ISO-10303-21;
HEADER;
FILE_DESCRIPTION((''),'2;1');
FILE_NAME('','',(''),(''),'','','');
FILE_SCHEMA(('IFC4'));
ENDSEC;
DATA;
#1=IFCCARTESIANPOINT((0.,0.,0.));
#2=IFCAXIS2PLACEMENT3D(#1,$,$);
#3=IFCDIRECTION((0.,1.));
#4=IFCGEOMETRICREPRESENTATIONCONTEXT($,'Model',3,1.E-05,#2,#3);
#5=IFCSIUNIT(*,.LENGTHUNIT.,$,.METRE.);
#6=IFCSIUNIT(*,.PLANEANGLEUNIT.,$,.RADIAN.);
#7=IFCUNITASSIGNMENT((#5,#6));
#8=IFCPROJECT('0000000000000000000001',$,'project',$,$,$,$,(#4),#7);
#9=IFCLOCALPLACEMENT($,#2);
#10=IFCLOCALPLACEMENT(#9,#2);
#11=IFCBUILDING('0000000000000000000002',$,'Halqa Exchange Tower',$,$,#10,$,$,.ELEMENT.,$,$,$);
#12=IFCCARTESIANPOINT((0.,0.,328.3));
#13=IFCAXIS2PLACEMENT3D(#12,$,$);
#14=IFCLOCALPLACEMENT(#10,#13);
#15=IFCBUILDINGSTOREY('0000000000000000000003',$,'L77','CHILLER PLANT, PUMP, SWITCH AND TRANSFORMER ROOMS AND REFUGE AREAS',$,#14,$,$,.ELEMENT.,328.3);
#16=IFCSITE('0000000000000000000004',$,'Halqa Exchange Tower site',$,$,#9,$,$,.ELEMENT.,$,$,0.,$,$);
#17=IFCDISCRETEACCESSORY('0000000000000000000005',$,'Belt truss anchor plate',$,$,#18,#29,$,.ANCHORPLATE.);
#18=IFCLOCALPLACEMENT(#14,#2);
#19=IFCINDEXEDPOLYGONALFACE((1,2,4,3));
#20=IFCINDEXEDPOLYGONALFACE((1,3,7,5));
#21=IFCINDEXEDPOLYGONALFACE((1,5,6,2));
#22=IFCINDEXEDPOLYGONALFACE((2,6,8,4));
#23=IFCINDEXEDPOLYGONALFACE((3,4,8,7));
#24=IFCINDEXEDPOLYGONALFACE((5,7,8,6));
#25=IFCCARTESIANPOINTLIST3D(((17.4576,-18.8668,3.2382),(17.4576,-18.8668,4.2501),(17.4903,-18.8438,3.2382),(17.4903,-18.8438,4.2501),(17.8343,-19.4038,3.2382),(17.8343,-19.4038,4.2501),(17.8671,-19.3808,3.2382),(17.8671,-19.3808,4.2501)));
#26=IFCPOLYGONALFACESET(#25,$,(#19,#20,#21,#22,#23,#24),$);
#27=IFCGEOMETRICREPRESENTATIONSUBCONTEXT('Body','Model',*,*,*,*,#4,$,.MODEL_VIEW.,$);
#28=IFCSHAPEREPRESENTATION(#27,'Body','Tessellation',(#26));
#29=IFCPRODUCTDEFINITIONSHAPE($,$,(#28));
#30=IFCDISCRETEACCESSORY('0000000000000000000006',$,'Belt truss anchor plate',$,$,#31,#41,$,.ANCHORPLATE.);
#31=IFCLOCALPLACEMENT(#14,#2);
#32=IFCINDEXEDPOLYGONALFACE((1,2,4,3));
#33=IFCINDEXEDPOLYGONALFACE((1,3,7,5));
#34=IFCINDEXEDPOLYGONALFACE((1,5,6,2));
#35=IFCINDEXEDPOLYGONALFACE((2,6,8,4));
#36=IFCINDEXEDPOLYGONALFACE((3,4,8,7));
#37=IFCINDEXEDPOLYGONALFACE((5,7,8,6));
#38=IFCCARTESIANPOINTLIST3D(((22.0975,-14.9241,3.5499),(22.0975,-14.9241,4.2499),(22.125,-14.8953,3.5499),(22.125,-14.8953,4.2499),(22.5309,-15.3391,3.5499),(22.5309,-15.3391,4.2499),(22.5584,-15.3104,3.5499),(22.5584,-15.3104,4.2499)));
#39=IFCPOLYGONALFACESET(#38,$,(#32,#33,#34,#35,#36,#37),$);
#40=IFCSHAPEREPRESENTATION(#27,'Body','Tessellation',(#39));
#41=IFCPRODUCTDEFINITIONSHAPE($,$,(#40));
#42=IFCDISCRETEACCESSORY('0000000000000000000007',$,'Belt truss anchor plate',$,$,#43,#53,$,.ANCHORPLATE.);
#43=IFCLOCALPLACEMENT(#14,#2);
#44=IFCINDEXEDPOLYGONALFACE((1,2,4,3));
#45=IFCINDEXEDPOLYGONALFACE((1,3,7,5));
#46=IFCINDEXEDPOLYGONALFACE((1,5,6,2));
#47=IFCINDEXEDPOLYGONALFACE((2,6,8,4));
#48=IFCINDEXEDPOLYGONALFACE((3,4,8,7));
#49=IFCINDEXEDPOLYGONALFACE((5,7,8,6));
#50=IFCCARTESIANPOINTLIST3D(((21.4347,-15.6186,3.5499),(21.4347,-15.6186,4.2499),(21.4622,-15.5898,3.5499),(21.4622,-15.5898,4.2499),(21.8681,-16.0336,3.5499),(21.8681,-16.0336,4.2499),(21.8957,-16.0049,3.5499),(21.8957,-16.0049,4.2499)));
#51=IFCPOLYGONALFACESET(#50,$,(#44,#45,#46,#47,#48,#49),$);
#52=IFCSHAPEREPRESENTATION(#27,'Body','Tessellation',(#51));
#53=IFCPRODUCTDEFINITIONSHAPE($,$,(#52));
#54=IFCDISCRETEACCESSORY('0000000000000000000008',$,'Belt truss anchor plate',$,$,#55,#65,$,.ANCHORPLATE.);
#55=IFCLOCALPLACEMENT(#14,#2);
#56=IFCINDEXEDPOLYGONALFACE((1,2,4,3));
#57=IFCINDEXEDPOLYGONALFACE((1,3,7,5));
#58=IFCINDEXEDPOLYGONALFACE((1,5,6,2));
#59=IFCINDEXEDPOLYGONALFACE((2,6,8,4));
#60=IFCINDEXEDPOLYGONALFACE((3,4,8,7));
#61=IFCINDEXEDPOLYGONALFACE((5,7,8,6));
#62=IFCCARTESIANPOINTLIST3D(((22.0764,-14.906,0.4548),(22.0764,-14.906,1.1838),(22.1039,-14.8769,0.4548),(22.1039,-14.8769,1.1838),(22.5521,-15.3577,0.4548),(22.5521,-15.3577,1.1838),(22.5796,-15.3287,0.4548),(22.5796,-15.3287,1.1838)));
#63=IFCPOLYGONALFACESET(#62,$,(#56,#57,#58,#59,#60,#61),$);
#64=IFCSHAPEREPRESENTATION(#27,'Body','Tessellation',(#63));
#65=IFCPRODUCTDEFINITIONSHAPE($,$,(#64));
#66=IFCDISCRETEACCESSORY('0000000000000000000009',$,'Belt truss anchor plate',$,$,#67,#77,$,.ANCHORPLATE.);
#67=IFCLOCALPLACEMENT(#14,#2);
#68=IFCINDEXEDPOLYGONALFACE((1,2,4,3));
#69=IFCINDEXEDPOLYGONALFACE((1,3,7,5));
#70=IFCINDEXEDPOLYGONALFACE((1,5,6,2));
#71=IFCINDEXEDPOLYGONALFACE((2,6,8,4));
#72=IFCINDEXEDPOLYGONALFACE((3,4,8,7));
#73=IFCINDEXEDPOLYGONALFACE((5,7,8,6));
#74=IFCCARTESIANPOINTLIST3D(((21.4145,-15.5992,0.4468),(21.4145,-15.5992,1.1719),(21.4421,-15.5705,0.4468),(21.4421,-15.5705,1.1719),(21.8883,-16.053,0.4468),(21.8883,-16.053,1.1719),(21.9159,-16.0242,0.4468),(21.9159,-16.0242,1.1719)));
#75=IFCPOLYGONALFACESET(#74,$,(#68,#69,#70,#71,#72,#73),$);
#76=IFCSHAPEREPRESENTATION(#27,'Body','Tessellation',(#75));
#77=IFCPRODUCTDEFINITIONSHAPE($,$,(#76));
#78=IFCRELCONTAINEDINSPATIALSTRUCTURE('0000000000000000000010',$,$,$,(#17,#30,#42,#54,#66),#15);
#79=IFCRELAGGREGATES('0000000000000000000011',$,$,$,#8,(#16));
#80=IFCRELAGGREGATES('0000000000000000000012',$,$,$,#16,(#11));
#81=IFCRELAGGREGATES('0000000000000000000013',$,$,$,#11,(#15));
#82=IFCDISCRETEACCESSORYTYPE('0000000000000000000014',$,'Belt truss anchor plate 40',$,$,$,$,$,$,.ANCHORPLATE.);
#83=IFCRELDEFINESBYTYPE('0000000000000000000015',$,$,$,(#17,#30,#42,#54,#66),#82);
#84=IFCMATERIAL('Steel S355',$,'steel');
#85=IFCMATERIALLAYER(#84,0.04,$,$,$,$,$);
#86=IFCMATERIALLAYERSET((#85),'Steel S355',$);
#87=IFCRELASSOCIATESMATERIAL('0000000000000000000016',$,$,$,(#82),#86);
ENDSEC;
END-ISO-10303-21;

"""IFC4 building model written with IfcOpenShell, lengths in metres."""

from ifc_helpers import new_model, si_unit, direction, frame, origin, origin_2d, place, context, subcontext, project, spatial, rectangle, extrude, material, layer, layer_set, type_object, element, save


model = new_model("IFC4")

# Units and contexts
model_context = context("Model", 3, precision=1e-05, world=origin(), true_north=direction((0.0, 1.0)))
body_context = subcontext(model_context, "Body", "Model", "MODEL_VIEW")
ifc_project = project(units=[si_unit("LENGTHUNIT", "METRE"), si_unit("PLANEANGLEUNIT", "RADIAN")], contexts=[model_context])

# Site, building, storey
site_placement = place(None, origin())
site = spatial("IfcSite", under=ifc_project, at=site_placement, Name="Halqa Exchange Tower site", CompositionType="ELEMENT", RefElevation=0.0)
building_placement = place(site_placement, origin())
building = spatial("IfcBuilding", under=site, at=building_placement, Name="Halqa Exchange Tower", CompositionType="ELEMENT")
storey_placement = place(building_placement, frame((0.0, 0.0, 328.3)))
storey = spatial("IfcBuildingStorey", under=building, at=storey_placement, Name="L77", Description="CHILLER PLANT, PUMP, SWITCH AND TRANSFORMER ROOMS AND REFUGE AREAS", CompositionType="ELEMENT", Elevation=328.3)

# Shared definitions
ifc_material_1 = material(Name="Steel S355", Category="steel")

# Discrete accessories
ifc_layer_1 = layer(ifc_material_1, 0.04)
ifc_layer_set_1 = layer_set([ifc_layer_1], Name="Steel S355")
discrete_accessory_type = type_object("IfcDiscreteAccessoryType", Name="Belt truss anchor plate 40", PredefinedType="ANCHORPLATE", material=ifc_layer_set_1)
discrete_accessory_1_placement = place(storey_placement, frame((17.6787, -19.1123, 3.7441), z_axis=(-0.818657, -0.574282, 0.0), x_axis=(0.574282, -0.818657, 0.0)))
element("IfcDiscreteAccessory", 1, at=discrete_accessory_1_placement, inside=storey, type_object=discrete_accessory_type, Name="Belt truss anchor plate", PredefinedType="ANCHORPLATE", context=body_context, shape_type="SweptSolid", body=[
    extrude(rectangle(XDim=0.656, YDim=1.012, at=origin_2d()), origin(), (0.0, 0.0, 1.0), 0.04),
])
for number, where, z_axis, x_axis, name in (
    (2, (22.3142, -15.1316, 3.8999), (0.691639, 0.722243, 0.0), (-0.722243, 0.691639, 0.0), "Belt truss anchor plate"),
    (3, (21.679, -15.7974, 3.8999), (-0.691639, -0.722243, 0.0), (0.722243, -0.691639, 0.0), "Belt truss anchor plate"),
):
    element("IfcDiscreteAccessory", number, at=place(storey_placement, frame(where, z_axis=z_axis, x_axis=x_axis)), inside=storey, type_object=discrete_accessory_type, Name=name, PredefinedType="ANCHORPLATE", context=body_context, shape_type="SweptSolid", body=[
        extrude(rectangle(XDim=0.6001, YDim=0.7, at=origin_2d()), origin(), (0.0, 0.0, 1.0), 0.0398),
    ])
discrete_accessory_2_placement = place(storey_placement, frame((22.3142, -15.1318, 0.8193), z_axis=(0.688589, 0.725152, 0.0), x_axis=(-0.725152, 0.688589, 0.0)))
element("IfcDiscreteAccessory", 4, at=discrete_accessory_2_placement, inside=storey, type_object=discrete_accessory_type, Name="Belt truss anchor plate", PredefinedType="ANCHORPLATE", context=body_context, shape_type="SweptSolid", body=[
    extrude(rectangle(XDim=0.656, YDim=0.729, at=origin_2d()), origin(), (0.0, 0.0, 1.0), 0.04),
])
discrete_accessory_3_placement = place(storey_placement, frame((21.679, -15.7974, 0.8093), z_axis=(-0.691639, -0.722243, 0.0), x_axis=(0.722243, -0.691639, 0.0)))
element("IfcDiscreteAccessory", 5, at=discrete_accessory_3_placement, inside=storey, type_object=discrete_accessory_type, Name="Belt truss anchor plate", PredefinedType="ANCHORPLATE", context=body_context, shape_type="SweptSolid", body=[
    extrude(rectangle(XDim=0.656, YDim=0.7251, at=origin_2d()), origin(), (0.0, 0.0, 1.0), 0.0398),
])

save(model, "model.ifc")
